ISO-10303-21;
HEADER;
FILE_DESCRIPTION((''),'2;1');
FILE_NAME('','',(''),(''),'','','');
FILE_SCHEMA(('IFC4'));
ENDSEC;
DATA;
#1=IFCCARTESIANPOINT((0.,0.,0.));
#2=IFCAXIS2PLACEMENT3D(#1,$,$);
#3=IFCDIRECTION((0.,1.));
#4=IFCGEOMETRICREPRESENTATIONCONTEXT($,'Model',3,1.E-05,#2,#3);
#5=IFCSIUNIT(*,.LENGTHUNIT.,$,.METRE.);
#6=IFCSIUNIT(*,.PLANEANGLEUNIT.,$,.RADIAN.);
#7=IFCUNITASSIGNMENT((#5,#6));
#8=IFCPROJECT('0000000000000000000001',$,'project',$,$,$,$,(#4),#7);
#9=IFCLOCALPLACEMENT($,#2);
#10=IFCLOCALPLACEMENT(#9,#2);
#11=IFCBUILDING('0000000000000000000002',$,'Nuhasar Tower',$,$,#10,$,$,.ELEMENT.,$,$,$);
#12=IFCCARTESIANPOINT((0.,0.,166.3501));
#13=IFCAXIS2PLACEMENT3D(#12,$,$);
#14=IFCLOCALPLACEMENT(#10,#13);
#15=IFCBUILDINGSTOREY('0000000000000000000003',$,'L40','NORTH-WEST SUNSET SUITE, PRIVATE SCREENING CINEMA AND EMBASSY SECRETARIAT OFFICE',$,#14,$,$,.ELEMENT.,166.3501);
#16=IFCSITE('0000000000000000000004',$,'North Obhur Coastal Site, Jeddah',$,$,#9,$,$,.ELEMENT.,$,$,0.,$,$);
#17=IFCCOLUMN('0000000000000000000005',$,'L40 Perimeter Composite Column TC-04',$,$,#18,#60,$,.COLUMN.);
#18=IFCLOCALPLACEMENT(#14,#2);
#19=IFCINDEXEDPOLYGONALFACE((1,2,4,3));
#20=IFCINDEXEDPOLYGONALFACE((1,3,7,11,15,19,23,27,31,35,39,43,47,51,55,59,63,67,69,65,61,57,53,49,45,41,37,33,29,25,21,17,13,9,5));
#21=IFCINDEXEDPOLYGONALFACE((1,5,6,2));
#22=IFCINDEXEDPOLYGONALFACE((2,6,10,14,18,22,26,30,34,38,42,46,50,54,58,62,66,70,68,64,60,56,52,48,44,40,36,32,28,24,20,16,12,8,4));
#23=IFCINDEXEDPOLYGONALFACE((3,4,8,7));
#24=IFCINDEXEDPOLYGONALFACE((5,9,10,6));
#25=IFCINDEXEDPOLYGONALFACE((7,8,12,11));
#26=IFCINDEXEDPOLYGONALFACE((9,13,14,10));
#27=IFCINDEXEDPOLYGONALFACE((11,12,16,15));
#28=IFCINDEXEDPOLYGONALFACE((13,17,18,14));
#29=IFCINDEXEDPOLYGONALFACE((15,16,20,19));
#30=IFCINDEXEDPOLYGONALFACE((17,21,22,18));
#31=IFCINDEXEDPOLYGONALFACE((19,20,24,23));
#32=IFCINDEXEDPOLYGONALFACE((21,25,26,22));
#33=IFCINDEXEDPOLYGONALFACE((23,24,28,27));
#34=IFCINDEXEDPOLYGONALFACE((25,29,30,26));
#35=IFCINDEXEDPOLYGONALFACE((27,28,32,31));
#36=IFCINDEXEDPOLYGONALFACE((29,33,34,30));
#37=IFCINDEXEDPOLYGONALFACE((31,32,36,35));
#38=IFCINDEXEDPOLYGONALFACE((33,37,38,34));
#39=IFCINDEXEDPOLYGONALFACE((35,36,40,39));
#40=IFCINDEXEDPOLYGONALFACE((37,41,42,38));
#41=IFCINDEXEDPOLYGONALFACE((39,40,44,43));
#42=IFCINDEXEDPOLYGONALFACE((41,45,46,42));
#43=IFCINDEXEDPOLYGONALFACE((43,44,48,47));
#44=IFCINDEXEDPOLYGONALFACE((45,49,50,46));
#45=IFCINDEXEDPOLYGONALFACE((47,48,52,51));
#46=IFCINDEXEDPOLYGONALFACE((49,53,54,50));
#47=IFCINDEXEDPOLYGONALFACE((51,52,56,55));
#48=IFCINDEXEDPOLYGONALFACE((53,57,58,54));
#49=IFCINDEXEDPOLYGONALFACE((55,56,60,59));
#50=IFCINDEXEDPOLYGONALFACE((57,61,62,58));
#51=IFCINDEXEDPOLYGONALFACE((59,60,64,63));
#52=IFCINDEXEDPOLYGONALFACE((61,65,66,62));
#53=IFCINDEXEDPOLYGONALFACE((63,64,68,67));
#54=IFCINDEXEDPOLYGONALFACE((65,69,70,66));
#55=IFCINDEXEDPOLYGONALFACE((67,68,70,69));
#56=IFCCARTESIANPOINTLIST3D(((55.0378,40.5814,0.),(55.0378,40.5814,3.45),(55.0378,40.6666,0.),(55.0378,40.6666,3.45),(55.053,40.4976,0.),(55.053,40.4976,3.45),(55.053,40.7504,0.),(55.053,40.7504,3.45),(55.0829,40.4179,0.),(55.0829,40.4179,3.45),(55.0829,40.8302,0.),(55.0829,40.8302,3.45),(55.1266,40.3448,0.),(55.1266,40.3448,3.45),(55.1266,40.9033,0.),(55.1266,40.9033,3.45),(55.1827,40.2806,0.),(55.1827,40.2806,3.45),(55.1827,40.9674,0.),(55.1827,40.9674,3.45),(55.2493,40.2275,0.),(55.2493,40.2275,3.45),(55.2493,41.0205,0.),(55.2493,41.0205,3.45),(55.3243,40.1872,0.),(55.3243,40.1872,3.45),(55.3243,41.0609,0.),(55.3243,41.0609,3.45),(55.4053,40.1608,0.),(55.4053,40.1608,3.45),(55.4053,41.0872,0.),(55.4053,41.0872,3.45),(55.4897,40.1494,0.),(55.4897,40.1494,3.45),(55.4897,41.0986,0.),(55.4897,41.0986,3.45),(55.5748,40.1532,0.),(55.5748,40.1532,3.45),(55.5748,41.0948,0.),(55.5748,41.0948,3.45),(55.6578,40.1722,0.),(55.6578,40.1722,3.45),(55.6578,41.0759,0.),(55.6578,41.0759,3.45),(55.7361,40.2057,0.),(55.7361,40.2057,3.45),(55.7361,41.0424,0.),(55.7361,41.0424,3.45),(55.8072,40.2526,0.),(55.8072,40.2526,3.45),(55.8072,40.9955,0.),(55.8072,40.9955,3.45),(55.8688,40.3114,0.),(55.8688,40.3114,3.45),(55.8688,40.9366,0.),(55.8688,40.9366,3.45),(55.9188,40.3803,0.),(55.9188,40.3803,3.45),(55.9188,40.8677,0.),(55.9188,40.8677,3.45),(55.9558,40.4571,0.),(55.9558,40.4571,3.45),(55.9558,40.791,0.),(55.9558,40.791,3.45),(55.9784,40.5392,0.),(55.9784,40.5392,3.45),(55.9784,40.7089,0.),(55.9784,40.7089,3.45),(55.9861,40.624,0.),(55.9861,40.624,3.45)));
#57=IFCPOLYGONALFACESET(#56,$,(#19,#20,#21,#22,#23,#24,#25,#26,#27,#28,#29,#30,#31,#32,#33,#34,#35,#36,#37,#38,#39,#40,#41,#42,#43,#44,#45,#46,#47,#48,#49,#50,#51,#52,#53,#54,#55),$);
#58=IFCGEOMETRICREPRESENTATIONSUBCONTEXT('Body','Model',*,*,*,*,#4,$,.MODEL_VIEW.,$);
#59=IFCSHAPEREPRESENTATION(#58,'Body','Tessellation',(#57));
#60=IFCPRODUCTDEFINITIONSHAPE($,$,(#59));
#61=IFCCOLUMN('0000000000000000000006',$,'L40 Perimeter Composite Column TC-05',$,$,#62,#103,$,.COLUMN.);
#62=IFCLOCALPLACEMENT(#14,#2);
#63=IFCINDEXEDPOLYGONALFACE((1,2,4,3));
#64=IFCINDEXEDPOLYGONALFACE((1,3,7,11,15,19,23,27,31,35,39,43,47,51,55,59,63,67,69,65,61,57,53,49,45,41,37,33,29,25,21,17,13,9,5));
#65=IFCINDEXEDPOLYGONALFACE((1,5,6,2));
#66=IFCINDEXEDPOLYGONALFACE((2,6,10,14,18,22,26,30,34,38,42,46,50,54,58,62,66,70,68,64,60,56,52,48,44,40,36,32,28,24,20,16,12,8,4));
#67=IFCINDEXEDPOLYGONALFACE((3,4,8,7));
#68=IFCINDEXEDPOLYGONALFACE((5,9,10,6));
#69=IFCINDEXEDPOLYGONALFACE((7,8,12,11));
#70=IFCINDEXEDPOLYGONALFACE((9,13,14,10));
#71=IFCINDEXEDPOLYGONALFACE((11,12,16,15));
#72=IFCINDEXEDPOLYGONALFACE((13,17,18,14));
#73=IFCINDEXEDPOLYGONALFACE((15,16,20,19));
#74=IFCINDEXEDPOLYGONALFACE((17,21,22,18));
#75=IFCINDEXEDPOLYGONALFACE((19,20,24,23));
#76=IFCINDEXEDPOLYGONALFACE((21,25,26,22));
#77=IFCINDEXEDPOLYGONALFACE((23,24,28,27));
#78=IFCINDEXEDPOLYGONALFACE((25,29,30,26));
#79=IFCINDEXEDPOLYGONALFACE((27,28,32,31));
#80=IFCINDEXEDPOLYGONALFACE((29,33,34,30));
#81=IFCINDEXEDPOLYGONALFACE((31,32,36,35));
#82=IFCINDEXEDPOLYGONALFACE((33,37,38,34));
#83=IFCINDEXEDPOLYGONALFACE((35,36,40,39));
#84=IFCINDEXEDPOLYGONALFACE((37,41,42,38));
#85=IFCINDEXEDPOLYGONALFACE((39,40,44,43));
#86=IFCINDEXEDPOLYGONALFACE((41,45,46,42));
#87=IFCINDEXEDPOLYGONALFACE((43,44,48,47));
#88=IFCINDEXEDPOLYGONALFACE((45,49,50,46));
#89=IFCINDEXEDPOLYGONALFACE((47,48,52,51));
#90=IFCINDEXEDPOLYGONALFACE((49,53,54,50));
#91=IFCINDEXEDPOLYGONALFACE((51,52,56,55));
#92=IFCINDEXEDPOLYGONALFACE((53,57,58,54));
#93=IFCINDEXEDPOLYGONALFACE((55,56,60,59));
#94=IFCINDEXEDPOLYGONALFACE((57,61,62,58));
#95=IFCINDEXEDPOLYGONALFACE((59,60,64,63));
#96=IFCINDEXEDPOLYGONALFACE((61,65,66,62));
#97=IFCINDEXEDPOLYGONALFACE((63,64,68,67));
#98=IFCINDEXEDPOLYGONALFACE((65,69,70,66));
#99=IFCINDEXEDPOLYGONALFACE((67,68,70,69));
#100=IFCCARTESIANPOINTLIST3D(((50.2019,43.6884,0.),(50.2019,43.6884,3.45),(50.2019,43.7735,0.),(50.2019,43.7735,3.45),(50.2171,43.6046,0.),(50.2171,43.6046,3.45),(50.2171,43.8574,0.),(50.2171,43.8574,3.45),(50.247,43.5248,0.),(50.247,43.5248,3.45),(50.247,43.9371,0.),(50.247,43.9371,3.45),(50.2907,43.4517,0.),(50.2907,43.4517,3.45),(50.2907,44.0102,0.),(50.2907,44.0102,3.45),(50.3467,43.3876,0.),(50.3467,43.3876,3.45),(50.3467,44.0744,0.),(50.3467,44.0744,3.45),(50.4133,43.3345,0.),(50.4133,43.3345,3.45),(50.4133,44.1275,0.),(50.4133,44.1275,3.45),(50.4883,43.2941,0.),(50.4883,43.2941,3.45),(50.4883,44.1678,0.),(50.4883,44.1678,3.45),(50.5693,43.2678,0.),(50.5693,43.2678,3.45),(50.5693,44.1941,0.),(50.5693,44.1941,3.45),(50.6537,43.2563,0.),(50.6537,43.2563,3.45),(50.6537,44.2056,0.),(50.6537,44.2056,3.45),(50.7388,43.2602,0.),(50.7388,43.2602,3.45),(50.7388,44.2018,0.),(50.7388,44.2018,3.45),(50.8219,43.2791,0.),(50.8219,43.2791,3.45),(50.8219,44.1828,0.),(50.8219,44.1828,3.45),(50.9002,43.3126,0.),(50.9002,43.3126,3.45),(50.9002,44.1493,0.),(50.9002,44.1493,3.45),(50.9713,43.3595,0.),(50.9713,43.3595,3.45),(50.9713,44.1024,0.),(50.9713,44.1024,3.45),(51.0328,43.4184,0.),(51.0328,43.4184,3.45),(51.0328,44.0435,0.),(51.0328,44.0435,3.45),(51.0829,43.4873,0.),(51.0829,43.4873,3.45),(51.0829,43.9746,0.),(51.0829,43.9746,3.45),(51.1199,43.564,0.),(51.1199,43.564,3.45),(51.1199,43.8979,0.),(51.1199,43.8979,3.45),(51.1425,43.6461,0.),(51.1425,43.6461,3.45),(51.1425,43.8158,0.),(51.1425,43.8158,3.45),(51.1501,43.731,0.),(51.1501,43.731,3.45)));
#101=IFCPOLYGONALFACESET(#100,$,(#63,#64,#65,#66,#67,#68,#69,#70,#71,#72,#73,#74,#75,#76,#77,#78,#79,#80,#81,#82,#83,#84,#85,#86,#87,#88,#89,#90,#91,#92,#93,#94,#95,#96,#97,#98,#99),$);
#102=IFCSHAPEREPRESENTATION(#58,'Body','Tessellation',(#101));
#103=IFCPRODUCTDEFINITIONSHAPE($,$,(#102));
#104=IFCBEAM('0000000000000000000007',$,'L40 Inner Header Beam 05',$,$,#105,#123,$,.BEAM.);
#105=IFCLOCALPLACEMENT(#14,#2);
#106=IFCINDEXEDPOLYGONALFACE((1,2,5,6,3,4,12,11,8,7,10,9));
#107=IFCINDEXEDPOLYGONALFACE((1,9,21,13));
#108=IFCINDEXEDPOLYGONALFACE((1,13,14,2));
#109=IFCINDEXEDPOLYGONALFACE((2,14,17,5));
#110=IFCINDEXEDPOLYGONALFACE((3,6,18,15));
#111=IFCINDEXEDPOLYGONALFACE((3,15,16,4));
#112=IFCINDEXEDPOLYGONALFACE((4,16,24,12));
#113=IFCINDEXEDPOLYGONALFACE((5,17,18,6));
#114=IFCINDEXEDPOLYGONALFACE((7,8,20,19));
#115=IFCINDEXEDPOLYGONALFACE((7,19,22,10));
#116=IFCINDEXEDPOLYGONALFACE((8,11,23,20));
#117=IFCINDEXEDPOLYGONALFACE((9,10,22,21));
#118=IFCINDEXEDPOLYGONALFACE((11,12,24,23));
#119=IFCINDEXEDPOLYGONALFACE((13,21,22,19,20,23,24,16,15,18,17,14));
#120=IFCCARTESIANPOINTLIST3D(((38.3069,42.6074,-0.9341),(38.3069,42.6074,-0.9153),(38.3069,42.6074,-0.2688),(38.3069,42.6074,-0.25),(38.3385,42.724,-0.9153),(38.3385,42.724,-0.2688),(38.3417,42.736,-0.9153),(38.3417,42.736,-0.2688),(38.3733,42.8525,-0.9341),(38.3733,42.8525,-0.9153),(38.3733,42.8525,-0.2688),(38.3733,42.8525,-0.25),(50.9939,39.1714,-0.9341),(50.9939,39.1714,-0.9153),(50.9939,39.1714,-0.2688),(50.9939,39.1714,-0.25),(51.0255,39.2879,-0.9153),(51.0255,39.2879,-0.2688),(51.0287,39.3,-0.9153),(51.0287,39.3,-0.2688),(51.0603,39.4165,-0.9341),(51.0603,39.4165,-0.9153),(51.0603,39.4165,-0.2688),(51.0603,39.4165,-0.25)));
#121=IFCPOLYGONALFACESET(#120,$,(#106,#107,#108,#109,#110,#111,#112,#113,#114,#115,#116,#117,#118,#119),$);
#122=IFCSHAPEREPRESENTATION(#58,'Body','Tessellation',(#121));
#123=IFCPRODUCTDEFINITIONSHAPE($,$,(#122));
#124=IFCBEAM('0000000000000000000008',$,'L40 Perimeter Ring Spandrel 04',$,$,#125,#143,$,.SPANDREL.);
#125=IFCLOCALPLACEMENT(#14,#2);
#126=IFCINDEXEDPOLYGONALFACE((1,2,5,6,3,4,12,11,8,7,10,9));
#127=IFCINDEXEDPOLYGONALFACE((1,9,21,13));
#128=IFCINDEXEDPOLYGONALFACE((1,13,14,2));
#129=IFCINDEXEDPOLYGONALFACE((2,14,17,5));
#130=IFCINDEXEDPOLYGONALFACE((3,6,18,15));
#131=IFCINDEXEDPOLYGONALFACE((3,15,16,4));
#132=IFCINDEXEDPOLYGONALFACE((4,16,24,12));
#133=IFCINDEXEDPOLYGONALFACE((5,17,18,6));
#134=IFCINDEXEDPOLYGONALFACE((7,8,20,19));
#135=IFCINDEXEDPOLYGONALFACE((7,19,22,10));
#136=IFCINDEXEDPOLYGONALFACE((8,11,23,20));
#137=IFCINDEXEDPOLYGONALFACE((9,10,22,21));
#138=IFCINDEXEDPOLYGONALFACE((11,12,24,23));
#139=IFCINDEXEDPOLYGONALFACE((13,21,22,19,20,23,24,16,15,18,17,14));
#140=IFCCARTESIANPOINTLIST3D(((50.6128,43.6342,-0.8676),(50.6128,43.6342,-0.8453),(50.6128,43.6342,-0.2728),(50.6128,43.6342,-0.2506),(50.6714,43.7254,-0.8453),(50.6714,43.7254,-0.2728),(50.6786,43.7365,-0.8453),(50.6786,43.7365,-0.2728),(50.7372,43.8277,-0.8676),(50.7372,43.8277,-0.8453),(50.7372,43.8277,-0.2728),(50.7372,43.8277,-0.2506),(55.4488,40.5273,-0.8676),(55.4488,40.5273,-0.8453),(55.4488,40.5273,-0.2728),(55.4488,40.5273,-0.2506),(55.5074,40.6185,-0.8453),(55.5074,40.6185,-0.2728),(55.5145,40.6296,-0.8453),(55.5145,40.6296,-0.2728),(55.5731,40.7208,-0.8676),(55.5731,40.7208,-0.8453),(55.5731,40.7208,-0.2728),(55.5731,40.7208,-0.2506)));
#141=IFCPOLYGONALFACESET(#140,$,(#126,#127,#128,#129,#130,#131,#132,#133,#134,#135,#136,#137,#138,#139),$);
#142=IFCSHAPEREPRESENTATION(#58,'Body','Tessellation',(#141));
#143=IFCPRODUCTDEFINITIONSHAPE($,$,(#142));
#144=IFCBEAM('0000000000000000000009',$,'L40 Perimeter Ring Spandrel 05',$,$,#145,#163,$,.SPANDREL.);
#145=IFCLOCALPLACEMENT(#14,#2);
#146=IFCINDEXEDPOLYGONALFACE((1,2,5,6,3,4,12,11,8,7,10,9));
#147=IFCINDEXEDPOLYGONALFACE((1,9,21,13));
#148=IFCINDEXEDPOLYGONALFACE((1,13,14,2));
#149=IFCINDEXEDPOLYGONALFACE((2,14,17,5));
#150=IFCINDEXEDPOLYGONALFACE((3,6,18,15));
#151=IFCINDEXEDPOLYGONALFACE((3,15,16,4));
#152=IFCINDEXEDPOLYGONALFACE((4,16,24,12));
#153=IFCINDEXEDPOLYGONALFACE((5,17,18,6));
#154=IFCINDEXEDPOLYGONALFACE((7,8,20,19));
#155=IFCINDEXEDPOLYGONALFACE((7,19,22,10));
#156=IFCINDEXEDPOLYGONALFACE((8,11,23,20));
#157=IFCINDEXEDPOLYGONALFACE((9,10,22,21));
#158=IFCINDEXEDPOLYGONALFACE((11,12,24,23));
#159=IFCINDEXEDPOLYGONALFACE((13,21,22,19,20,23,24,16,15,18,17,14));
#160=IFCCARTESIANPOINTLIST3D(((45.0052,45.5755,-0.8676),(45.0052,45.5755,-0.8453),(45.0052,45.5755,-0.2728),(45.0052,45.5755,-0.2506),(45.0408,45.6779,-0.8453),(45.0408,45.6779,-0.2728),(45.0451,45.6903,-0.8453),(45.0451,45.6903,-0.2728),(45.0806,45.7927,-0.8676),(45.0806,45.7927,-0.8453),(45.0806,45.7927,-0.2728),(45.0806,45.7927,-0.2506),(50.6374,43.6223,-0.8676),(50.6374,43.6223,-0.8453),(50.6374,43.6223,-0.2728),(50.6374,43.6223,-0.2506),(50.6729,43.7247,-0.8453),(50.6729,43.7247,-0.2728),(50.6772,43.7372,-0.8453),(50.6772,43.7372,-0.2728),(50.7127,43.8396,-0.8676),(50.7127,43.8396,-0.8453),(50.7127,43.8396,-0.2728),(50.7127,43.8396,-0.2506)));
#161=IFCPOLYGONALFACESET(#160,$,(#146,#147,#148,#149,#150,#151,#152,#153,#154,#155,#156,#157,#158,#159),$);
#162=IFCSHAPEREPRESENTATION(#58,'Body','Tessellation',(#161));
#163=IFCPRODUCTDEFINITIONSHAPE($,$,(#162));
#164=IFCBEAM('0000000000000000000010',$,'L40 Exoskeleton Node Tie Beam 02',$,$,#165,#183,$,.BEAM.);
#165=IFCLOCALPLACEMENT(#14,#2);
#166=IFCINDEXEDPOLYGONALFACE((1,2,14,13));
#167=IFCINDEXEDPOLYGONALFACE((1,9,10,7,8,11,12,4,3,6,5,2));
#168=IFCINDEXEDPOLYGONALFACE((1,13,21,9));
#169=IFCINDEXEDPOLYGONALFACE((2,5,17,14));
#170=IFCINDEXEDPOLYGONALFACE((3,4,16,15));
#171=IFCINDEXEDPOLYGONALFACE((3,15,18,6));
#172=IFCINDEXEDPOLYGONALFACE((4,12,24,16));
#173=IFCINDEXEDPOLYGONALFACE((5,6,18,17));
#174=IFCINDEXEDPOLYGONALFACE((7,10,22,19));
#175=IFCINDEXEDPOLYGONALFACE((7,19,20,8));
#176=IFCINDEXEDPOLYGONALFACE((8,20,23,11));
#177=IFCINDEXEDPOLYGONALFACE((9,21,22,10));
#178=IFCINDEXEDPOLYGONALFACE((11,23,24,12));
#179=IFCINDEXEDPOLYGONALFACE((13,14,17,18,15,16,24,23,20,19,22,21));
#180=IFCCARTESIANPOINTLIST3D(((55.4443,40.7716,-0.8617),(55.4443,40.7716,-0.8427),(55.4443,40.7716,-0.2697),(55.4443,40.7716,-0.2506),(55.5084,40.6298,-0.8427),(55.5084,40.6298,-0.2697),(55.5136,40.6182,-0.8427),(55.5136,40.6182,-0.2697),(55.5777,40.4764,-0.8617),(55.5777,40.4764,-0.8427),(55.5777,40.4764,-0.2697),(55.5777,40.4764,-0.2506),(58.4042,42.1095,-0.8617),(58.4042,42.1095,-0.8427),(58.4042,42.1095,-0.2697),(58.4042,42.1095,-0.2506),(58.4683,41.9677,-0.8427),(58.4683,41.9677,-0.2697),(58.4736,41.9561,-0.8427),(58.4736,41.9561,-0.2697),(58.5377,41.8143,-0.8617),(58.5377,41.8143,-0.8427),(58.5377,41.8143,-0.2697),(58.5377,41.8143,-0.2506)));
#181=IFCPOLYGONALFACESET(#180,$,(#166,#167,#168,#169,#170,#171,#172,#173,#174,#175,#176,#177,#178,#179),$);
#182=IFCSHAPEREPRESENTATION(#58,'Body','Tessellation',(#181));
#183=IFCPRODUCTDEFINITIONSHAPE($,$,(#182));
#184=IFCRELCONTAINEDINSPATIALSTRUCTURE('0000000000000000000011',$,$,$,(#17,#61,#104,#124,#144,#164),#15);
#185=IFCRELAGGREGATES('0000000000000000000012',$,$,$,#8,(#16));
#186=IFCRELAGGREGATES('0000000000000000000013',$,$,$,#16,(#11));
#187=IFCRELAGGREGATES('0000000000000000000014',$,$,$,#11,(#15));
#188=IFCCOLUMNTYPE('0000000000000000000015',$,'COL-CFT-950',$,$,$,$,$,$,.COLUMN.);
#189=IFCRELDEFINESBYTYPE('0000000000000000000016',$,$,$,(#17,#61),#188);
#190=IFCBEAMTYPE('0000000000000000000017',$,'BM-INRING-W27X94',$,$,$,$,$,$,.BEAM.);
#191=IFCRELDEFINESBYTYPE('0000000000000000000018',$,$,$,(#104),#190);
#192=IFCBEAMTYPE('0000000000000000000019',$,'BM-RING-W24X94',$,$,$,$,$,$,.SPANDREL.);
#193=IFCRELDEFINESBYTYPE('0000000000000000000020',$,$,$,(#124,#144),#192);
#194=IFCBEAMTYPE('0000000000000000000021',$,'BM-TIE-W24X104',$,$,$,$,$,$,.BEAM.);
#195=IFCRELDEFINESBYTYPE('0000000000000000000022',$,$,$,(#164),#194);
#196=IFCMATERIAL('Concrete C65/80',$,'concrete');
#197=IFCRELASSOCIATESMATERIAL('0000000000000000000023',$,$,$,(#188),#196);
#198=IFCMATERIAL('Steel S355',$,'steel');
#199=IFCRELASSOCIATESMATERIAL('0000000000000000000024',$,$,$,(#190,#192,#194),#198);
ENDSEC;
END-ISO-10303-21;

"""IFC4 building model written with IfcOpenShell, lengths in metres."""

from ifc_helpers import new_model, si_unit, direction, frame, origin, origin_2d, place, context, subcontext, project, spatial, circle, i_section, extrude, material, material_profile, profile_set, type_object, element, save


model = new_model("IFC4")

# Units and contexts
model_context = context("Model", 3, precision=1e-05, world=origin(), true_north=direction((0.0, 1.0)))
body_context = subcontext(model_context, "Body", "Model", "MODEL_VIEW")
ifc_project = project(units=[si_unit("LENGTHUNIT", "METRE"), si_unit("PLANEANGLEUNIT", "RADIAN")], contexts=[model_context])

# Site, building, storey
site_placement = place(None, origin())
site = spatial("IfcSite", under=ifc_project, at=site_placement, Name="North Obhur Coastal Site, Jeddah", CompositionType="ELEMENT", RefElevation=0.0)
building_placement = place(site_placement, origin())
building = spatial("IfcBuilding", under=site, at=building_placement, Name="Nuhasar Tower", CompositionType="ELEMENT")
storey_placement = place(building_placement, frame((0.0, 0.0, 166.3501)))
storey = spatial("IfcBuildingStorey", under=building, at=storey_placement, Name="L40", Description="NORTH-WEST SUNSET SUITE, PRIVATE SCREENING CINEMA AND EMBASSY SECRETARIAT OFFICE", CompositionType="ELEMENT", Elevation=166.3501)

# Columns
ifc_material_1 = material(Name="Concrete C65/80", Category="concrete")
ifc_material_profile_1 = material_profile(ifc_material_1, circle(Radius=0.4751, at=origin_2d()), Name="CFT950")
ifc_profile_set_1 = profile_set([ifc_material_profile_1], Name="Concrete C65/80")
column_type = type_object("IfcColumnType", Name="COL-CFT-950", PredefinedType="COLUMN", material=ifc_profile_set_1)
for number, where, z_axis, x_axis, name in (
    (1, (55.511, 40.624, 0.0), (0.0, 0.0, 1.0), (1.0, 0.0, 0.0), "L40 Perimeter Composite Column TC-04"),
    (2, (50.675, 43.731, 0.0), (0.0, 0.0, 1.0), (1.0, 0.0, 0.0), "L40 Perimeter Composite Column TC-05"),
):
    element("IfcColumn", number, at=place(storey_placement, frame(where, z_axis=z_axis, x_axis=x_axis)), inside=storey, type_object=column_type, Name=name, PredefinedType="COLUMN", context=body_context, shape_type="SweptSolid", body=[
        extrude(circle(Radius=0.4751, at=origin_2d()), origin(), (0.0, 0.0, 1.0), 3.45),
    ])

# Beams
ifc_material_2 = material(Name="Steel S355", Category="steel")
ifc_material_profile_2 = material_profile(ifc_material_2, i_section(OverallWidth=0.2539, OverallDepth=0.6841, WebThickness=0.0125, FlangeThickness=0.0188, at=origin_2d()), Name="W27X94")
ifc_profile_set_2 = profile_set([ifc_material_profile_2], Name="Steel S355")
beam_type_1 = type_object("IfcBeamType", Name="BM-INRING-W27X94", PredefinedType="BEAM", material=ifc_profile_set_2)
beam_1_placement = place(storey_placement, frame((51.0271, 39.2939, -0.592), z_axis=(-0.965227, 0.261413, 0.0), x_axis=(-0.261413, -0.965227, 0.0)))
element("IfcBeam", 3, at=beam_1_placement, inside=storey, type_object=beam_type_1, Name="L40 Inner Header Beam 05", PredefinedType="BEAM", context=body_context, shape_type="SweptSolid", body=[
    extrude(i_section(OverallWidth=0.2539, OverallDepth=0.6841, WebThickness=0.0125, FlangeThickness=0.0188, at=origin_2d()), origin(), (0.0, 0.0, 1.0), 13.144),
])
ifc_material_profile_3 = material_profile(ifc_material_2, i_section(OverallWidth=0.23, OverallDepth=0.6169, WebThickness=0.0132, FlangeThickness=0.0222, at=origin_2d()), Name="W24X94")
ifc_profile_set_3 = profile_set([ifc_material_profile_3], Name="Steel S355")
beam_type_2 = type_object("IfcBeamType", Name="BM-RING-W24X94", PredefinedType="SPANDREL", material=ifc_profile_set_3)
beam_2_placement = place(storey_placement, frame((55.511, 40.624, -0.5591), z_axis=(-0.841327, 0.540526, 0.0), x_axis=(-0.540526, -0.841327, 0.0)))
element("IfcBeam", 4, at=beam_2_placement, inside=storey, type_object=beam_type_2, Name="L40 Perimeter Ring Spandrel 04", PredefinedType="SPANDREL", context=body_context, shape_type="SweptSolid", body=[
    extrude(i_section(OverallWidth=0.23, OverallDepth=0.6169, WebThickness=0.0132, FlangeThickness=0.0222, at=origin_2d()), origin(), (0.0, 0.0, 1.0), 5.748),
])
beam_3_placement = place(storey_placement, frame((50.675, 43.731, -0.5591), z_axis=(-0.944801, 0.327644, 0.0), x_axis=(-0.327644, -0.944801, 0.0)))
element("IfcBeam", 5, at=beam_3_placement, inside=storey, type_object=beam_type_2, Name="L40 Perimeter Ring Spandrel 05", PredefinedType="SPANDREL", context=body_context, shape_type="SweptSolid", body=[
    extrude(i_section(OverallWidth=0.23, OverallDepth=0.6169, WebThickness=0.0132, FlangeThickness=0.0222, at=origin_2d()), origin(), (0.0, 0.0, 1.0), 5.9612),
])
ifc_material_profile_4 = material_profile(ifc_material_2, i_section(OverallWidth=0.324, OverallDepth=0.6111, WebThickness=0.0127, FlangeThickness=0.019, at=origin_2d()), Name="W24X104")
ifc_profile_set_4 = profile_set([ifc_material_profile_4], Name="Steel S355")
beam_type_3 = type_object("IfcBeamType", Name="BM-TIE-W24X104", PredefinedType="BEAM", material=ifc_profile_set_4)
beam_4_placement = place(storey_placement, frame((55.511, 40.624, -0.5562), z_axis=(0.91124, 0.411877, 0.0), x_axis=(-0.411877, 0.91124, 0.0)))
element("IfcBeam", 6, at=beam_4_placement, inside=storey, type_object=beam_type_3, Name="L40 Exoskeleton Node Tie Beam 02", PredefinedType="BEAM", context=body_context, shape_type="SweptSolid", body=[
    extrude(i_section(OverallWidth=0.324, OverallDepth=0.6111, WebThickness=0.0127, FlangeThickness=0.019, at=origin_2d()), origin(), (0.0, 0.0, 1.0), 3.2483),
])

save(model, "model.ifc")
